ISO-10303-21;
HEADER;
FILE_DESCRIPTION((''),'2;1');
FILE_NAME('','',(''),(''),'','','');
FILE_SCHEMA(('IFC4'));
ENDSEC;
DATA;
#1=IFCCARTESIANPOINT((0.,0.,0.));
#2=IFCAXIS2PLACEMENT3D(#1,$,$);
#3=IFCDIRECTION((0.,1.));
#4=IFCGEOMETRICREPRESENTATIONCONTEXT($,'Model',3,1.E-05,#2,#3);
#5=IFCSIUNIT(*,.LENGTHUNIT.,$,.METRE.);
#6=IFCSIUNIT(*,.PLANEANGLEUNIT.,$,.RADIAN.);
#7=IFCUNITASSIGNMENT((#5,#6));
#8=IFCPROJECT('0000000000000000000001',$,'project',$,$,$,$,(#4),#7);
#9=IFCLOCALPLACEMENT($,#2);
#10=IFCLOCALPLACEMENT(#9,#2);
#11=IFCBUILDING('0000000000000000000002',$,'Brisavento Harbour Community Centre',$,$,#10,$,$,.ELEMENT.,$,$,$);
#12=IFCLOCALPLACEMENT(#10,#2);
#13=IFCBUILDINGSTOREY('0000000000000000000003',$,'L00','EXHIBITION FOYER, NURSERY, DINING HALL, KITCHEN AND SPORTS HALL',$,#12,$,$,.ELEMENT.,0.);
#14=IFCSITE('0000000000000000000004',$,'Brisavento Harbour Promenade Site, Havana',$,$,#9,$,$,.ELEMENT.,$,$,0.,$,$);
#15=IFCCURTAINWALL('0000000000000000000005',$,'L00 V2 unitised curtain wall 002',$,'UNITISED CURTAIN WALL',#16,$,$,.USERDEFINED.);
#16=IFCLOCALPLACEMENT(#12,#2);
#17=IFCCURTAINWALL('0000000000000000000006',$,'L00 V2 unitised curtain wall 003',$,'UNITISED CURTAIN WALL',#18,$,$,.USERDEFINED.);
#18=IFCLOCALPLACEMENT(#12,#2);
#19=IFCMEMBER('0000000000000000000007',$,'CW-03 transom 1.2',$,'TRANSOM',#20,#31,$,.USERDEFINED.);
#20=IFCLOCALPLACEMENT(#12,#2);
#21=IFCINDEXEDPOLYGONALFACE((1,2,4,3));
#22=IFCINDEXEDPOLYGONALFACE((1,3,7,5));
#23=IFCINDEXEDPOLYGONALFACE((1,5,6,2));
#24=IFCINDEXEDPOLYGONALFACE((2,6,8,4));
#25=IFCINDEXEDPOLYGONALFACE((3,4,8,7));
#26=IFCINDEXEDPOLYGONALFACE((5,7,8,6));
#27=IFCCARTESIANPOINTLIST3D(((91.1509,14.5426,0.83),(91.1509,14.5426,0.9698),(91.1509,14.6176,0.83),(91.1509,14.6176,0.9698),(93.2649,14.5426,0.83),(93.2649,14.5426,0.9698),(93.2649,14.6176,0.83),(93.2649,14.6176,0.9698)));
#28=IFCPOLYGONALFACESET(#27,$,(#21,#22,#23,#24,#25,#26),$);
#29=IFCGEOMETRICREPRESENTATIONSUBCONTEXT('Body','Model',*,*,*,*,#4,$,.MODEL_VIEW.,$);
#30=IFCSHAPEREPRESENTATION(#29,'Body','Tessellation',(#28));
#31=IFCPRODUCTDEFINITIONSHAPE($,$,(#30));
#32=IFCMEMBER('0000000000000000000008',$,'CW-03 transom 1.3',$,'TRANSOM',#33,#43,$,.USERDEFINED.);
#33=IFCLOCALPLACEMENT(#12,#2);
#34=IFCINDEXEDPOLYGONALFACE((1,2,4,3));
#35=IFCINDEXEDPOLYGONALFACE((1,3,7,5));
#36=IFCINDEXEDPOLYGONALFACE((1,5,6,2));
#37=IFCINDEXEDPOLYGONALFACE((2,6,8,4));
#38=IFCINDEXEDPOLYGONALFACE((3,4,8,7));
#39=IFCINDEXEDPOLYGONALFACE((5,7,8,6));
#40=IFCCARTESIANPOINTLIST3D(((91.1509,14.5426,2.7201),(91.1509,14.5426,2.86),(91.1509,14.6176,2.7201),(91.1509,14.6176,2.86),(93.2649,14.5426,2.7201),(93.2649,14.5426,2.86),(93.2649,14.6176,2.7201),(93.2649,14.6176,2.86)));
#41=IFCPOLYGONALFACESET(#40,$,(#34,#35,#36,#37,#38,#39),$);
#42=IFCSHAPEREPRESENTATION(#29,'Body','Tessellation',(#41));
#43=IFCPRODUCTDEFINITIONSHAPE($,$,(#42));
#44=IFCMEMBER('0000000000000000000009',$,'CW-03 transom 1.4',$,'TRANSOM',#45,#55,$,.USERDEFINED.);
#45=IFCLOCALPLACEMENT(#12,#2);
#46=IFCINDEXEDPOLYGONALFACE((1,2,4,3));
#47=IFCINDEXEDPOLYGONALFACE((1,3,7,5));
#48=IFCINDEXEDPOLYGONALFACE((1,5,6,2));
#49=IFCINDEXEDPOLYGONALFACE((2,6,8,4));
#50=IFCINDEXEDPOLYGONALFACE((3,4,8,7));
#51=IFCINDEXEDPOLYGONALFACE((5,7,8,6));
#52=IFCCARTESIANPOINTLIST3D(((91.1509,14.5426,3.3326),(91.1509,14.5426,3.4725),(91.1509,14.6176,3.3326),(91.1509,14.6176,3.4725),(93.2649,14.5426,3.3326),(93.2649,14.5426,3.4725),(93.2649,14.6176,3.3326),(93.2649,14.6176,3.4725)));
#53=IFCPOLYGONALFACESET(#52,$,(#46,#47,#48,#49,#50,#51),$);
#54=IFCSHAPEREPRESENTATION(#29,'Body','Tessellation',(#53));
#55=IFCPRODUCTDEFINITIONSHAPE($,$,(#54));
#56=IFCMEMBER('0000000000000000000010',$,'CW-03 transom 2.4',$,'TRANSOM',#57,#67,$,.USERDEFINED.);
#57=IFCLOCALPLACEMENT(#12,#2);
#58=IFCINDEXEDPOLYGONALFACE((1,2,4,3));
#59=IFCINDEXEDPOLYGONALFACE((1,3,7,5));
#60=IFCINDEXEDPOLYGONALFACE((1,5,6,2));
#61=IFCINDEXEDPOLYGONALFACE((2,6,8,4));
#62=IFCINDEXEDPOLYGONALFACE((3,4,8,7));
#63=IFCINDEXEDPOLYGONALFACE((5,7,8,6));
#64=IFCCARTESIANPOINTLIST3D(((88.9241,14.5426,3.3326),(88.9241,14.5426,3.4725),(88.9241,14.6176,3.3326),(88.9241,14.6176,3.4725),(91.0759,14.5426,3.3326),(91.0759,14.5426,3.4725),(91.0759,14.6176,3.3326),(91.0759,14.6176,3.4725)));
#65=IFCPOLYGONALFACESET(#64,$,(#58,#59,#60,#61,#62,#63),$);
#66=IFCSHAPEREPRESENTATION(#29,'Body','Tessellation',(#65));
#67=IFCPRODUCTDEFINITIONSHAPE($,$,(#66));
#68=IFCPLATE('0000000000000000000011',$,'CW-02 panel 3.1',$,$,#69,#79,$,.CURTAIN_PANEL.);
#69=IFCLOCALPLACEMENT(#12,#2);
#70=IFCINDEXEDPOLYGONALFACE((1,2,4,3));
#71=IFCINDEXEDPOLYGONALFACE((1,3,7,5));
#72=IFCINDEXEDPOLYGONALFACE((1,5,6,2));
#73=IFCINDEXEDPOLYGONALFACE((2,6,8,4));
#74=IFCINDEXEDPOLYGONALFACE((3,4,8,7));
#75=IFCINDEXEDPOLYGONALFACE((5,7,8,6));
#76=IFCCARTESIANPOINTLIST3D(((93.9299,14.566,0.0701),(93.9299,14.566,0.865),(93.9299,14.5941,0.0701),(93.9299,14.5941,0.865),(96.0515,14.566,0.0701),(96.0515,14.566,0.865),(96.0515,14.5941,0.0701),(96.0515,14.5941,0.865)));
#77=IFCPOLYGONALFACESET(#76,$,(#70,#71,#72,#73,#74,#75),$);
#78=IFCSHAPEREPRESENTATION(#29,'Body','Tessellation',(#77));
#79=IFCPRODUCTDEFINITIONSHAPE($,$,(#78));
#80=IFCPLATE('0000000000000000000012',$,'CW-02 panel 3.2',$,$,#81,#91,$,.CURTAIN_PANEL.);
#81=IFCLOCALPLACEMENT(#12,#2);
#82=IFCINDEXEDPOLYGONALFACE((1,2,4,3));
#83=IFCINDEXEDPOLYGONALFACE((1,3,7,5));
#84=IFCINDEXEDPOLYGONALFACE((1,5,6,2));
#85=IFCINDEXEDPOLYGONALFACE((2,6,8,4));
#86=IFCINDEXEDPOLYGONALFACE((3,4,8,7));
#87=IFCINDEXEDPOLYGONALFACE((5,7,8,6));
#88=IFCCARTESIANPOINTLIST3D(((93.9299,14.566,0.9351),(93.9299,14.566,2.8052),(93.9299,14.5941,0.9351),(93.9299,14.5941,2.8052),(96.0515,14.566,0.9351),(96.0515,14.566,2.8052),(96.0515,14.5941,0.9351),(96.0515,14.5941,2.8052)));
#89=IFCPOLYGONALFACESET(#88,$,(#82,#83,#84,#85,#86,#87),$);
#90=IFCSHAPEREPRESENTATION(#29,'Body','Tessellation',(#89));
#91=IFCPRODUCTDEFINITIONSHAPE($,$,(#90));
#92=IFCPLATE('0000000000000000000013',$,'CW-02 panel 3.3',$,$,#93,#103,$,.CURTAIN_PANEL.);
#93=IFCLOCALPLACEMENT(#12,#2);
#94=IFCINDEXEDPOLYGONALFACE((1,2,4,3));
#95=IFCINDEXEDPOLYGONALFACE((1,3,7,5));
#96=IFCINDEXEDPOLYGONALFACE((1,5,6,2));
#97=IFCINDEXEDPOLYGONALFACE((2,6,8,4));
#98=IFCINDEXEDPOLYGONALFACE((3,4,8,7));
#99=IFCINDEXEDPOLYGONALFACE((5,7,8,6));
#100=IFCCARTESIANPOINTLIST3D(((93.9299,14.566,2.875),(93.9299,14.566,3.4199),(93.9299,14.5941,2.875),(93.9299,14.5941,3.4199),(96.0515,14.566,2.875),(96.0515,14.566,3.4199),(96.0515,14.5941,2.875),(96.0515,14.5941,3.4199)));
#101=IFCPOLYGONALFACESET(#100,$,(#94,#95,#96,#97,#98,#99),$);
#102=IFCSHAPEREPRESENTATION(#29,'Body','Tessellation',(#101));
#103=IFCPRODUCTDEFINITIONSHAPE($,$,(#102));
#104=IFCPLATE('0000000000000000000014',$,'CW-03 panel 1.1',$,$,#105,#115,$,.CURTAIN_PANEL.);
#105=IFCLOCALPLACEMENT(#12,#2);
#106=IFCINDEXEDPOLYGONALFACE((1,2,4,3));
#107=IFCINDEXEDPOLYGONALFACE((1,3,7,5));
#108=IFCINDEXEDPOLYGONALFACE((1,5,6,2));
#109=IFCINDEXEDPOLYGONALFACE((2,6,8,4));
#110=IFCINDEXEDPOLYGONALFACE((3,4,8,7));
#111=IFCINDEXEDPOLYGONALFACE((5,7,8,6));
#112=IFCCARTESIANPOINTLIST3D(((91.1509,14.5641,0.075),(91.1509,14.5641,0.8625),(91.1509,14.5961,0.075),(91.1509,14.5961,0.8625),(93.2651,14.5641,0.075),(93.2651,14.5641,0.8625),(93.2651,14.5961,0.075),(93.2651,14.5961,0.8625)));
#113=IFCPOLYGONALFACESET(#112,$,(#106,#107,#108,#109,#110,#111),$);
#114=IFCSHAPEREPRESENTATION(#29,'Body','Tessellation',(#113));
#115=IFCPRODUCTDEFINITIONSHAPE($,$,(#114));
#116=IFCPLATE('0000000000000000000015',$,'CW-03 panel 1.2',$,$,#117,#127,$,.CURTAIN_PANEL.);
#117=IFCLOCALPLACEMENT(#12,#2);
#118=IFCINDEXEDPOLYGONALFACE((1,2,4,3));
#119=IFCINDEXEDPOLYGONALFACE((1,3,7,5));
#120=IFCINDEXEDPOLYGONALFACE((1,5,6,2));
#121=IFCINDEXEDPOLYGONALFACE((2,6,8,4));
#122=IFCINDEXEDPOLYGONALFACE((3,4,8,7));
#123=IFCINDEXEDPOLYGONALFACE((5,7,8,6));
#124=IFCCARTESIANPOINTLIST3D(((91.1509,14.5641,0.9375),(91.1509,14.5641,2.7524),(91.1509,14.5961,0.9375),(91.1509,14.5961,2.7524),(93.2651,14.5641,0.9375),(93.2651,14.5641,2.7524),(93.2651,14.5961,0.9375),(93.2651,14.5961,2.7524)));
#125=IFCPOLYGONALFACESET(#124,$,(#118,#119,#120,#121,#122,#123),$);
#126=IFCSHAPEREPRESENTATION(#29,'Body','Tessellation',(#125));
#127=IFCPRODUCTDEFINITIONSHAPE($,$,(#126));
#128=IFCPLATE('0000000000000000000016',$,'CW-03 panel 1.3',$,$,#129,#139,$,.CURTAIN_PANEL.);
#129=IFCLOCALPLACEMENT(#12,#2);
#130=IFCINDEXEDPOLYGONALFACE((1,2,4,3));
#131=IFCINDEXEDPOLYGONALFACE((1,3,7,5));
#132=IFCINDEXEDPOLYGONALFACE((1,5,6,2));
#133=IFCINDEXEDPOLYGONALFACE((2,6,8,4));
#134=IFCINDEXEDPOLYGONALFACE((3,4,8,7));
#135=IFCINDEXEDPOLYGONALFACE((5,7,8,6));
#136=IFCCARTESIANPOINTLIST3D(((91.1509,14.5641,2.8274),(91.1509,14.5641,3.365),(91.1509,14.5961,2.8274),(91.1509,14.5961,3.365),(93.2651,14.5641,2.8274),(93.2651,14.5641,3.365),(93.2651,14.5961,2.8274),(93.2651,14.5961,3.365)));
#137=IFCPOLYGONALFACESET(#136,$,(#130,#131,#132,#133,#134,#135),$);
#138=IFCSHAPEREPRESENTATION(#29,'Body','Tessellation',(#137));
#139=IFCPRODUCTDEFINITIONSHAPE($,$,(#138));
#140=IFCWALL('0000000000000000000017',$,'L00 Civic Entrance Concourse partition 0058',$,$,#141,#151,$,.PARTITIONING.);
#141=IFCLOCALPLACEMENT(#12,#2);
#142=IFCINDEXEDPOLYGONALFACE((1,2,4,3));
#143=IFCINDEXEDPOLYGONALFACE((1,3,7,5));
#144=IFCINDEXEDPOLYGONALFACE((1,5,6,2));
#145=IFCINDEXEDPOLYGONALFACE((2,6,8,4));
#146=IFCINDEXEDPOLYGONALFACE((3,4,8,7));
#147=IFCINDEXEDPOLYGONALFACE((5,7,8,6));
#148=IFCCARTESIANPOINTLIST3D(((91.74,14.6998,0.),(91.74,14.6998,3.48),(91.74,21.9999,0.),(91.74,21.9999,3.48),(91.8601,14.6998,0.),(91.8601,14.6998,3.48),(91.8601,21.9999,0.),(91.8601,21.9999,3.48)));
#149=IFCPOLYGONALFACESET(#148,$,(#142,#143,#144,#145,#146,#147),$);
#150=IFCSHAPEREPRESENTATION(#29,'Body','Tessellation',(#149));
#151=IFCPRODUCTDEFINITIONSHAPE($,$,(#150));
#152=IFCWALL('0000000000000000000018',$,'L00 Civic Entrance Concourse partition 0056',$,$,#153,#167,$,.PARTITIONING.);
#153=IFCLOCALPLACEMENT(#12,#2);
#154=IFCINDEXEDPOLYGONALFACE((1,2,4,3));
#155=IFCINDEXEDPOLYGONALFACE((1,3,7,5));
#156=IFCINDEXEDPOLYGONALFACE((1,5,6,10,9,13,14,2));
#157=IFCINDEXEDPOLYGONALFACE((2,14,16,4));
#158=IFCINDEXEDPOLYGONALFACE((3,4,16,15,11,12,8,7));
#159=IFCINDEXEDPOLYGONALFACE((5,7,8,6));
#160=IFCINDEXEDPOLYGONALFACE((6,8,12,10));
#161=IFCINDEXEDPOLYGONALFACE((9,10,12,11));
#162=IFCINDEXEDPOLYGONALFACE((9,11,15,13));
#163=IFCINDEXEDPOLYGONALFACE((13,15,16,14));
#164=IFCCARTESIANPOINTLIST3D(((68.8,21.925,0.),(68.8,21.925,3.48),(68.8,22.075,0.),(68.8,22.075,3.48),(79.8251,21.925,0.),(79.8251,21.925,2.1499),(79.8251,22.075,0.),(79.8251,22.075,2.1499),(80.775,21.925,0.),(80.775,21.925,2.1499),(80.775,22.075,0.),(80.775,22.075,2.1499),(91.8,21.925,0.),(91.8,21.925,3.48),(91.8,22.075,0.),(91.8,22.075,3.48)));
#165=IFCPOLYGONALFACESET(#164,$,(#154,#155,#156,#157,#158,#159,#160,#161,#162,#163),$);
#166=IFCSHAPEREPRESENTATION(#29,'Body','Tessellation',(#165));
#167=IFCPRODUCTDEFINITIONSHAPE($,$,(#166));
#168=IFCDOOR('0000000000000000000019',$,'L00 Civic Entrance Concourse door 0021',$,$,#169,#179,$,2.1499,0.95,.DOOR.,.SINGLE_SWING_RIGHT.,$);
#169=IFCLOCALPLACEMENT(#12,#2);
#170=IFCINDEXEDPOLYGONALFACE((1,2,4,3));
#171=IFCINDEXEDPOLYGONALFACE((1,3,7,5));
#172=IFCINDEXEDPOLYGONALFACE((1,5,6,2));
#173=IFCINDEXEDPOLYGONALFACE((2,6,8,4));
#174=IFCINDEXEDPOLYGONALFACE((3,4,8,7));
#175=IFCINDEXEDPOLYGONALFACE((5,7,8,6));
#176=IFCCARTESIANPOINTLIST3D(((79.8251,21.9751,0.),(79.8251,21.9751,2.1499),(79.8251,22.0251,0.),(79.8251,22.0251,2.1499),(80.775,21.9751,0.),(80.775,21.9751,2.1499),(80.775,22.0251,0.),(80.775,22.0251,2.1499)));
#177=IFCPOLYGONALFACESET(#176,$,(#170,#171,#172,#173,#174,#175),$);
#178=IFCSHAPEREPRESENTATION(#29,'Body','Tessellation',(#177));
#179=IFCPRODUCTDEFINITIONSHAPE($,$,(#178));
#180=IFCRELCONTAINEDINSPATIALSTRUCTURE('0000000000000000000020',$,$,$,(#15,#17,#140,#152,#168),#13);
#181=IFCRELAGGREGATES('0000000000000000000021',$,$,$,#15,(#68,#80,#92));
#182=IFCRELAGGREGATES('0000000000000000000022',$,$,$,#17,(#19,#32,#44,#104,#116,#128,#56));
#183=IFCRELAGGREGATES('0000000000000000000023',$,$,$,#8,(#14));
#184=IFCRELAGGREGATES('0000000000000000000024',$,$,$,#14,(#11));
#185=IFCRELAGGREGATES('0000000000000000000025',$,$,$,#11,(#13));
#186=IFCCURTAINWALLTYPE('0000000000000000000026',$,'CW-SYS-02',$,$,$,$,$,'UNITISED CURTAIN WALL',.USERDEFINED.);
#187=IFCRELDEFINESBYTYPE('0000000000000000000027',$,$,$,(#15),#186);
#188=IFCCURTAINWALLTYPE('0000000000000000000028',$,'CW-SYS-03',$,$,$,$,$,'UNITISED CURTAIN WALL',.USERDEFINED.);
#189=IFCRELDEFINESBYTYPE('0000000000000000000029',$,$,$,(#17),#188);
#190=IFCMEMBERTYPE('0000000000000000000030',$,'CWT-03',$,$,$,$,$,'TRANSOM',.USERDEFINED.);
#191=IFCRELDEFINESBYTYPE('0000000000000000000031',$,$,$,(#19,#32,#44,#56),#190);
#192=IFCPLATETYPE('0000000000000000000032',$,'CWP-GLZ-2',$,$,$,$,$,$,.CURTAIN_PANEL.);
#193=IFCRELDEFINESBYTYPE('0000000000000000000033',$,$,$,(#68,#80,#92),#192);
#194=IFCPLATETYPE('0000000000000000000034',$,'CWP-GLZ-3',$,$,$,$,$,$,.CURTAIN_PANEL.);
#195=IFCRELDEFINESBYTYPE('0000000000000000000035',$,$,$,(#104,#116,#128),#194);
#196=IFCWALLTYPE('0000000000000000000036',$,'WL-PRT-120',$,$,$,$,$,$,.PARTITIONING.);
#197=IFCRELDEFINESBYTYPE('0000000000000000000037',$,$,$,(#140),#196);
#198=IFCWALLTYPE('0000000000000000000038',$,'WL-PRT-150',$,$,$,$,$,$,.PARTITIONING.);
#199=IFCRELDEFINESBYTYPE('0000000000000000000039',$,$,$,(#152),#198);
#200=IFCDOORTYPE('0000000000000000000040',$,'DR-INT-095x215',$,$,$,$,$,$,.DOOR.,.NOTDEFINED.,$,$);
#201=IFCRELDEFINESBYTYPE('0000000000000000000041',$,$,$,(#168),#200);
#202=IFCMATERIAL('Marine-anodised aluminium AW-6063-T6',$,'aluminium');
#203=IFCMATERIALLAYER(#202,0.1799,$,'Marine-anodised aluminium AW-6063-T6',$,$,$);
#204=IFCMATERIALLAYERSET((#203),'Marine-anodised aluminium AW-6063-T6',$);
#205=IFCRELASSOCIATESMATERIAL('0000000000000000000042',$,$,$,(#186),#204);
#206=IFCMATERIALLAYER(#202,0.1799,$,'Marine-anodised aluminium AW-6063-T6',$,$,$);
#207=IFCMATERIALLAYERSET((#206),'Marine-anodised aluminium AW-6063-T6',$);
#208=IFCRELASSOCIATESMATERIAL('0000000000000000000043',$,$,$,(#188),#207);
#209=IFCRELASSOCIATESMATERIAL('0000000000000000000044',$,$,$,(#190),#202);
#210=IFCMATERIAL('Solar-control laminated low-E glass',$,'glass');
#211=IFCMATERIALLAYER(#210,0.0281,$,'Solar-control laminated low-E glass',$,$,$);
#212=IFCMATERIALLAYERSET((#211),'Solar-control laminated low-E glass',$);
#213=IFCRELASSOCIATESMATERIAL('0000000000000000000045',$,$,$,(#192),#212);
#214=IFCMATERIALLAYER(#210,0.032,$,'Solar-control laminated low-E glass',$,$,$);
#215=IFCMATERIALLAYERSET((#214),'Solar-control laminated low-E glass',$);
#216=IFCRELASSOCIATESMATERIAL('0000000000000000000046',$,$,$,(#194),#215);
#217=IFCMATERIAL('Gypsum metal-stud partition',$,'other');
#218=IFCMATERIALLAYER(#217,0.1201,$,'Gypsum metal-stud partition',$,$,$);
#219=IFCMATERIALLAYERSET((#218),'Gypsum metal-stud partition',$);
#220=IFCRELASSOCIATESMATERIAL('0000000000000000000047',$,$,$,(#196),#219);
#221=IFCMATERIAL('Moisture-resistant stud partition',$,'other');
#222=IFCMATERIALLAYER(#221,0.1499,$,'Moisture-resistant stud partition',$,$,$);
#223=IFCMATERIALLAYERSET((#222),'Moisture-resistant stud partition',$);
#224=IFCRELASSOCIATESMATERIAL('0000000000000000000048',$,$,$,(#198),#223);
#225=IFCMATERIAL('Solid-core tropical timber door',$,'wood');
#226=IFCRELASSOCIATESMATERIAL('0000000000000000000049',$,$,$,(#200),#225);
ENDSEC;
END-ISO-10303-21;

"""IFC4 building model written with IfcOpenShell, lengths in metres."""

from ifc_helpers import new_model, si_unit, direction, frame, frame_2d, origin, origin_2d, place, context, subcontext, project, spatial, rectangle, extrude, material, layer, layer_set, material_profile, profile_set, type_object, element, fill, aggregate, save


model = new_model("IFC4")

# Units and contexts
model_context = context("Model", 3, precision=1e-05, world=origin(), true_north=direction((0.0, 1.0)))
body_context = subcontext(model_context, "Body", "Model", "MODEL_VIEW")
ifc_project = project(units=[si_unit("LENGTHUNIT", "METRE"), si_unit("PLANEANGLEUNIT", "RADIAN")], contexts=[model_context])

# Site, building, storey
site_placement = place(None, origin())
site = spatial("IfcSite", under=ifc_project, at=site_placement, Name="Brisavento Harbour Promenade Site, Havana", CompositionType="ELEMENT", RefElevation=0.0)
building_placement = place(site_placement, origin())
building = spatial("IfcBuilding", under=site, at=building_placement, Name="Brisavento Harbour Community Centre", CompositionType="ELEMENT")
storey_placement = place(building_placement, origin())
storey = spatial("IfcBuildingStorey", under=building, at=storey_placement, Name="L00", Description="EXHIBITION FOYER, NURSERY, DINING HALL, KITCHEN AND SPORTS HALL", CompositionType="ELEMENT", Elevation=0.0)

# Curtain wall
ifc_material_1 = material(Name="Marine-anodised aluminium AW-6063-T6", Category="aluminium")
ifc_layer_1 = layer(ifc_material_1, 0.1799, Name="Marine-anodised aluminium AW-6063-T6")
ifc_layer_set_1 = layer_set([ifc_layer_1], Name="Marine-anodised aluminium AW-6063-T6")
curtain_wall_type_1 = type_object("IfcCurtainWallType", Name="CW-SYS-02", ElementType="UNITISED CURTAIN WALL", PredefinedType="USERDEFINED", material=ifc_layer_set_1)
curtain_wall_1_placement = place(storey_placement, origin())
curtain_wall_1 = element("IfcCurtainWall", 1, at=curtain_wall_1_placement, inside=storey, type_object=curtain_wall_type_1, Name="L00 V2 unitised curtain wall 002", ObjectType="UNITISED CURTAIN WALL", PredefinedType="USERDEFINED")

# Curtain wall
ifc_layer_2 = layer(ifc_material_1, 0.1799, Name="Marine-anodised aluminium AW-6063-T6")
ifc_layer_set_2 = layer_set([ifc_layer_2], Name="Marine-anodised aluminium AW-6063-T6")
curtain_wall_type_2 = type_object("IfcCurtainWallType", Name="CW-SYS-03", ElementType="UNITISED CURTAIN WALL", PredefinedType="USERDEFINED", material=ifc_layer_set_2)
curtain_wall_2_placement = place(storey_placement, origin())
curtain_wall_2 = element("IfcCurtainWall", 2, at=curtain_wall_2_placement, inside=storey, type_object=curtain_wall_type_2, Name="L00 V2 unitised curtain wall 003", ObjectType="UNITISED CURTAIN WALL", PredefinedType="USERDEFINED")

# Members
ifc_material_profile_1 = material_profile(ifc_material_1, rectangle(XDim=0.075, YDim=0.1399, at=origin_2d()), Name="Marine-anodised aluminium AW-6063-T6")
ifc_profile_set_1 = profile_set([ifc_material_profile_1], Name="Marine-anodised aluminium AW-6063-T6")
member_type_1 = type_object("IfcMemberType", Name="CWT-03", ElementType="TRANSOM", PredefinedType="USERDEFINED", material=ifc_profile_set_1)
member_1_placement = place(storey_placement, frame((93.2649, 14.5801, 0.8999), z_axis=(-1.0, 0.0, 0.0), x_axis=(0.0, -1.0, 0.0)))
member_1 = element("IfcMember", 3, at=member_1_placement, type_object=member_type_1, Name="CW-03 transom 1.2", ObjectType="TRANSOM", PredefinedType="USERDEFINED", context=body_context, shape_type="SweptSolid", body=[
    extrude(rectangle(XDim=0.075, YDim=0.1399, at=origin_2d()), origin(), (0.0, 0.0, 1.0), 2.114),
])
member_2_placement = place(storey_placement, frame((93.2649, 14.5801, 2.79), z_axis=(-1.0, 0.0, 0.0), x_axis=(0.0, -1.0, 0.0)))
member_2 = element("IfcMember", 4, at=member_2_placement, type_object=member_type_1, Name="CW-03 transom 1.3", ObjectType="TRANSOM", PredefinedType="USERDEFINED", context=body_context, shape_type="SweptSolid", body=[
    extrude(rectangle(XDim=0.075, YDim=0.1399, at=origin_2d()), origin(), (0.0, 0.0, 1.0), 2.114),
])
member_3_placement = place(storey_placement, frame((93.2649, 14.5801, 3.4026), z_axis=(-1.0, 0.0, 0.0), x_axis=(0.0, -1.0, 0.0)))
member_3 = element("IfcMember", 5, at=member_3_placement, type_object=member_type_1, Name="CW-03 transom 1.4", ObjectType="TRANSOM", PredefinedType="USERDEFINED", context=body_context, shape_type="SweptSolid", body=[
    extrude(rectangle(XDim=0.075, YDim=0.1399, at=origin_2d()), origin(), (0.0, 0.0, 1.0), 2.114),
])
member_4_placement = place(storey_placement, frame((91.0759, 14.5801, 3.4026), z_axis=(-1.0, 0.0, 0.0), x_axis=(0.0, -1.0, 0.0)))
member_4 = element("IfcMember", 6, at=member_4_placement, type_object=member_type_1, Name="CW-03 transom 2.4", ObjectType="TRANSOM", PredefinedType="USERDEFINED", context=body_context, shape_type="SweptSolid", body=[
    extrude(rectangle(XDim=0.075, YDim=0.1399, at=origin_2d()), origin(), (0.0, 0.0, 1.0), 2.1519),
])

# Plates
ifc_material_2 = material(Name="Solar-control laminated low-E glass", Category="glass")
ifc_layer_3 = layer(ifc_material_2, 0.0281, Name="Solar-control laminated low-E glass")
ifc_layer_set_3 = layer_set([ifc_layer_3], Name="Solar-control laminated low-E glass")
plate_type_1 = type_object("IfcPlateType", Name="CWP-GLZ-2", PredefinedType="CURTAIN_PANEL", material=ifc_layer_set_3)
plate_1_placement = place(storey_placement, frame((94.9907, 14.5801, 0.0701), z_axis=(0.0, 0.0, 1.0), x_axis=(-1.0, 0.0, 0.0)))
plate_1 = element("IfcPlate", 7, at=plate_1_placement, type_object=plate_type_1, Name="CW-02 panel 3.1", PredefinedType="CURTAIN_PANEL", context=body_context, shape_type="SweptSolid", body=[
    extrude(rectangle(XDim=2.1216, YDim=0.0281, at=origin_2d()), origin(), (0.0, 0.0, 1.0), 0.7949),
])
plate_2_placement = place(storey_placement, frame((94.9907, 14.5801, 0.9351), z_axis=(0.0, 0.0, 1.0), x_axis=(-1.0, 0.0, 0.0)))
plate_2 = element("IfcPlate", 8, at=plate_2_placement, type_object=plate_type_1, Name="CW-02 panel 3.2", PredefinedType="CURTAIN_PANEL", context=body_context, shape_type="SweptSolid", body=[
    extrude(rectangle(XDim=2.1216, YDim=0.0281, at=origin_2d()), origin(), (0.0, 0.0, 1.0), 1.8701),
])
plate_3_placement = place(storey_placement, frame((94.9907, 14.5801, 2.875), z_axis=(0.0, 0.0, 1.0), x_axis=(-1.0, 0.0, 0.0)))
plate_3 = element("IfcPlate", 9, at=plate_3_placement, type_object=plate_type_1, Name="CW-02 panel 3.3", PredefinedType="CURTAIN_PANEL", context=body_context, shape_type="SweptSolid", body=[
    extrude(rectangle(XDim=2.1216, YDim=0.0281, at=origin_2d()), origin(), (0.0, 0.0, 1.0), 0.5449),
])
aggregate(curtain_wall_1, [plate_1, plate_2, plate_3])
ifc_layer_4 = layer(ifc_material_2, 0.032, Name="Solar-control laminated low-E glass")
ifc_layer_set_4 = layer_set([ifc_layer_4], Name="Solar-control laminated low-E glass")
plate_type_2 = type_object("IfcPlateType", Name="CWP-GLZ-3", PredefinedType="CURTAIN_PANEL", material=ifc_layer_set_4)
plate_4_placement = place(storey_placement, frame((92.208, 14.5801, 0.075), z_axis=(0.0, 0.0, 1.0), x_axis=(-1.0, 0.0, 0.0)))
plate_4 = element("IfcPlate", 10, at=plate_4_placement, type_object=plate_type_2, Name="CW-03 panel 1.1", PredefinedType="CURTAIN_PANEL", context=body_context, shape_type="SweptSolid", body=[
    extrude(rectangle(XDim=2.1143, YDim=0.032, at=origin_2d()), origin(), (0.0, 0.0, 1.0), 0.7876),
])
plate_5_placement = place(storey_placement, frame((92.208, 14.5801, 0.9375), z_axis=(0.0, 0.0, 1.0), x_axis=(-1.0, 0.0, 0.0)))
plate_5 = element("IfcPlate", 11, at=plate_5_placement, type_object=plate_type_2, Name="CW-03 panel 1.2", PredefinedType="CURTAIN_PANEL", context=body_context, shape_type="SweptSolid", body=[
    extrude(rectangle(XDim=2.1143, YDim=0.032, at=origin_2d()), origin(), (0.0, 0.0, 1.0), 1.8149),
])
plate_6_placement = place(storey_placement, frame((92.208, 14.5801, 2.8274), z_axis=(0.0, 0.0, 1.0), x_axis=(-1.0, 0.0, 0.0)))
plate_6 = element("IfcPlate", 12, at=plate_6_placement, type_object=plate_type_2, Name="CW-03 panel 1.3", PredefinedType="CURTAIN_PANEL", context=body_context, shape_type="SweptSolid", body=[
    extrude(rectangle(XDim=2.1143, YDim=0.032, at=origin_2d()), origin(), (0.0, 0.0, 1.0), 0.5376),
])
aggregate(curtain_wall_2, [member_1, member_2, member_3, plate_4, plate_5, plate_6, member_4])

# Wall
ifc_material_3 = material(Name="Gypsum metal-stud partition", Category="other")
ifc_layer_5 = layer(ifc_material_3, 0.1201, Name="Gypsum metal-stud partition")
ifc_layer_set_5 = layer_set([ifc_layer_5], Name="Gypsum metal-stud partition")
wall_type_1 = type_object("IfcWallType", Name="WL-PRT-120", PredefinedType="PARTITIONING", material=ifc_layer_set_5)
wall_1_placement = place(storey_placement, frame((91.8, 14.7, 0.0), z_axis=(0.0, 0.0, 1.0), x_axis=(0.0, 1.0, 0.0)))
element("IfcWall", 13, at=wall_1_placement, inside=storey, type_object=wall_type_1, Name="L00 Civic Entrance Concourse partition 0058", PredefinedType="PARTITIONING", context=body_context, shape_type="SweptSolid", body=[
    extrude(rectangle(XDim=7.3, YDim=0.1201, at=frame_2d((3.6499, 0.0))), origin(), (0.0, 0.0, 1.0), 3.48),
])

# Wall, opening, door
ifc_material_4 = material(Name="Moisture-resistant stud partition", Category="other")
ifc_layer_6 = layer(ifc_material_4, 0.1499, Name="Moisture-resistant stud partition")
ifc_layer_set_6 = layer_set([ifc_layer_6], Name="Moisture-resistant stud partition")
wall_type_2 = type_object("IfcWallType", Name="WL-PRT-150", PredefinedType="PARTITIONING", material=ifc_layer_set_6)
wall_2_placement = place(storey_placement, frame((91.8, 22.0, 0.0), z_axis=(0.0, 0.0, 1.0), x_axis=(-1.0, 0.0, 0.0)))
wall_2 = element("IfcWall", 14, at=wall_2_placement, inside=storey, type_object=wall_type_2, Name="L00 Civic Entrance Concourse partition 0056", PredefinedType="PARTITIONING", context=body_context, shape_type="SweptSolid", body=[
    extrude(rectangle(XDim=23.0, YDim=0.1499, at=frame_2d((11.5, 0.0))), origin(), (0.0, 0.0, 1.0), 3.48),
])
opening_placement = place(wall_2_placement, frame((11.0249, 0.0, 0.0)))
opening = element("IfcOpeningElement", 15, at=opening_placement, cuts=wall_2, PredefinedType="OPENING", context=body_context, shape_type="SweptSolid", body=[
    extrude(rectangle(XDim=0.95, YDim=2.1499, at=frame_2d((0.4751, 1.075))), frame((0.0, 0.085, 0.0), z_axis=(0.0, -1.0, 0.0), x_axis=(1.0, 0.0, 0.0)), (0.0, 0.0, 1.0), 0.1699),
])
ifc_material_5 = material(Name="Solid-core tropical timber door", Category="wood")
door_type = type_object("IfcDoorType", Name="DR-INT-095x215", OperationType="NOTDEFINED", PredefinedType="DOOR", material=ifc_material_5)
door_placement = place(opening_placement, origin())
door = element("IfcDoor", 16, at=door_placement, inside=storey, type_object=door_type, Name="L00 Civic Entrance Concourse door 0021", OperationType="SINGLE_SWING_RIGHT", OverallHeight=2.1499, OverallWidth=0.95, PredefinedType="DOOR", context=body_context, shape_type="SweptSolid", body=[
    extrude(rectangle(XDim=0.95, YDim=2.1499, at=frame_2d((0.4751, 1.075))), frame((0.0, 0.0249, 0.0), z_axis=(0.0, -1.0, 0.0), x_axis=(1.0, 0.0, 0.0)), (0.0, 0.0, 1.0), 0.05),
])
fill(opening, door)

save(model, "model.ifc")
